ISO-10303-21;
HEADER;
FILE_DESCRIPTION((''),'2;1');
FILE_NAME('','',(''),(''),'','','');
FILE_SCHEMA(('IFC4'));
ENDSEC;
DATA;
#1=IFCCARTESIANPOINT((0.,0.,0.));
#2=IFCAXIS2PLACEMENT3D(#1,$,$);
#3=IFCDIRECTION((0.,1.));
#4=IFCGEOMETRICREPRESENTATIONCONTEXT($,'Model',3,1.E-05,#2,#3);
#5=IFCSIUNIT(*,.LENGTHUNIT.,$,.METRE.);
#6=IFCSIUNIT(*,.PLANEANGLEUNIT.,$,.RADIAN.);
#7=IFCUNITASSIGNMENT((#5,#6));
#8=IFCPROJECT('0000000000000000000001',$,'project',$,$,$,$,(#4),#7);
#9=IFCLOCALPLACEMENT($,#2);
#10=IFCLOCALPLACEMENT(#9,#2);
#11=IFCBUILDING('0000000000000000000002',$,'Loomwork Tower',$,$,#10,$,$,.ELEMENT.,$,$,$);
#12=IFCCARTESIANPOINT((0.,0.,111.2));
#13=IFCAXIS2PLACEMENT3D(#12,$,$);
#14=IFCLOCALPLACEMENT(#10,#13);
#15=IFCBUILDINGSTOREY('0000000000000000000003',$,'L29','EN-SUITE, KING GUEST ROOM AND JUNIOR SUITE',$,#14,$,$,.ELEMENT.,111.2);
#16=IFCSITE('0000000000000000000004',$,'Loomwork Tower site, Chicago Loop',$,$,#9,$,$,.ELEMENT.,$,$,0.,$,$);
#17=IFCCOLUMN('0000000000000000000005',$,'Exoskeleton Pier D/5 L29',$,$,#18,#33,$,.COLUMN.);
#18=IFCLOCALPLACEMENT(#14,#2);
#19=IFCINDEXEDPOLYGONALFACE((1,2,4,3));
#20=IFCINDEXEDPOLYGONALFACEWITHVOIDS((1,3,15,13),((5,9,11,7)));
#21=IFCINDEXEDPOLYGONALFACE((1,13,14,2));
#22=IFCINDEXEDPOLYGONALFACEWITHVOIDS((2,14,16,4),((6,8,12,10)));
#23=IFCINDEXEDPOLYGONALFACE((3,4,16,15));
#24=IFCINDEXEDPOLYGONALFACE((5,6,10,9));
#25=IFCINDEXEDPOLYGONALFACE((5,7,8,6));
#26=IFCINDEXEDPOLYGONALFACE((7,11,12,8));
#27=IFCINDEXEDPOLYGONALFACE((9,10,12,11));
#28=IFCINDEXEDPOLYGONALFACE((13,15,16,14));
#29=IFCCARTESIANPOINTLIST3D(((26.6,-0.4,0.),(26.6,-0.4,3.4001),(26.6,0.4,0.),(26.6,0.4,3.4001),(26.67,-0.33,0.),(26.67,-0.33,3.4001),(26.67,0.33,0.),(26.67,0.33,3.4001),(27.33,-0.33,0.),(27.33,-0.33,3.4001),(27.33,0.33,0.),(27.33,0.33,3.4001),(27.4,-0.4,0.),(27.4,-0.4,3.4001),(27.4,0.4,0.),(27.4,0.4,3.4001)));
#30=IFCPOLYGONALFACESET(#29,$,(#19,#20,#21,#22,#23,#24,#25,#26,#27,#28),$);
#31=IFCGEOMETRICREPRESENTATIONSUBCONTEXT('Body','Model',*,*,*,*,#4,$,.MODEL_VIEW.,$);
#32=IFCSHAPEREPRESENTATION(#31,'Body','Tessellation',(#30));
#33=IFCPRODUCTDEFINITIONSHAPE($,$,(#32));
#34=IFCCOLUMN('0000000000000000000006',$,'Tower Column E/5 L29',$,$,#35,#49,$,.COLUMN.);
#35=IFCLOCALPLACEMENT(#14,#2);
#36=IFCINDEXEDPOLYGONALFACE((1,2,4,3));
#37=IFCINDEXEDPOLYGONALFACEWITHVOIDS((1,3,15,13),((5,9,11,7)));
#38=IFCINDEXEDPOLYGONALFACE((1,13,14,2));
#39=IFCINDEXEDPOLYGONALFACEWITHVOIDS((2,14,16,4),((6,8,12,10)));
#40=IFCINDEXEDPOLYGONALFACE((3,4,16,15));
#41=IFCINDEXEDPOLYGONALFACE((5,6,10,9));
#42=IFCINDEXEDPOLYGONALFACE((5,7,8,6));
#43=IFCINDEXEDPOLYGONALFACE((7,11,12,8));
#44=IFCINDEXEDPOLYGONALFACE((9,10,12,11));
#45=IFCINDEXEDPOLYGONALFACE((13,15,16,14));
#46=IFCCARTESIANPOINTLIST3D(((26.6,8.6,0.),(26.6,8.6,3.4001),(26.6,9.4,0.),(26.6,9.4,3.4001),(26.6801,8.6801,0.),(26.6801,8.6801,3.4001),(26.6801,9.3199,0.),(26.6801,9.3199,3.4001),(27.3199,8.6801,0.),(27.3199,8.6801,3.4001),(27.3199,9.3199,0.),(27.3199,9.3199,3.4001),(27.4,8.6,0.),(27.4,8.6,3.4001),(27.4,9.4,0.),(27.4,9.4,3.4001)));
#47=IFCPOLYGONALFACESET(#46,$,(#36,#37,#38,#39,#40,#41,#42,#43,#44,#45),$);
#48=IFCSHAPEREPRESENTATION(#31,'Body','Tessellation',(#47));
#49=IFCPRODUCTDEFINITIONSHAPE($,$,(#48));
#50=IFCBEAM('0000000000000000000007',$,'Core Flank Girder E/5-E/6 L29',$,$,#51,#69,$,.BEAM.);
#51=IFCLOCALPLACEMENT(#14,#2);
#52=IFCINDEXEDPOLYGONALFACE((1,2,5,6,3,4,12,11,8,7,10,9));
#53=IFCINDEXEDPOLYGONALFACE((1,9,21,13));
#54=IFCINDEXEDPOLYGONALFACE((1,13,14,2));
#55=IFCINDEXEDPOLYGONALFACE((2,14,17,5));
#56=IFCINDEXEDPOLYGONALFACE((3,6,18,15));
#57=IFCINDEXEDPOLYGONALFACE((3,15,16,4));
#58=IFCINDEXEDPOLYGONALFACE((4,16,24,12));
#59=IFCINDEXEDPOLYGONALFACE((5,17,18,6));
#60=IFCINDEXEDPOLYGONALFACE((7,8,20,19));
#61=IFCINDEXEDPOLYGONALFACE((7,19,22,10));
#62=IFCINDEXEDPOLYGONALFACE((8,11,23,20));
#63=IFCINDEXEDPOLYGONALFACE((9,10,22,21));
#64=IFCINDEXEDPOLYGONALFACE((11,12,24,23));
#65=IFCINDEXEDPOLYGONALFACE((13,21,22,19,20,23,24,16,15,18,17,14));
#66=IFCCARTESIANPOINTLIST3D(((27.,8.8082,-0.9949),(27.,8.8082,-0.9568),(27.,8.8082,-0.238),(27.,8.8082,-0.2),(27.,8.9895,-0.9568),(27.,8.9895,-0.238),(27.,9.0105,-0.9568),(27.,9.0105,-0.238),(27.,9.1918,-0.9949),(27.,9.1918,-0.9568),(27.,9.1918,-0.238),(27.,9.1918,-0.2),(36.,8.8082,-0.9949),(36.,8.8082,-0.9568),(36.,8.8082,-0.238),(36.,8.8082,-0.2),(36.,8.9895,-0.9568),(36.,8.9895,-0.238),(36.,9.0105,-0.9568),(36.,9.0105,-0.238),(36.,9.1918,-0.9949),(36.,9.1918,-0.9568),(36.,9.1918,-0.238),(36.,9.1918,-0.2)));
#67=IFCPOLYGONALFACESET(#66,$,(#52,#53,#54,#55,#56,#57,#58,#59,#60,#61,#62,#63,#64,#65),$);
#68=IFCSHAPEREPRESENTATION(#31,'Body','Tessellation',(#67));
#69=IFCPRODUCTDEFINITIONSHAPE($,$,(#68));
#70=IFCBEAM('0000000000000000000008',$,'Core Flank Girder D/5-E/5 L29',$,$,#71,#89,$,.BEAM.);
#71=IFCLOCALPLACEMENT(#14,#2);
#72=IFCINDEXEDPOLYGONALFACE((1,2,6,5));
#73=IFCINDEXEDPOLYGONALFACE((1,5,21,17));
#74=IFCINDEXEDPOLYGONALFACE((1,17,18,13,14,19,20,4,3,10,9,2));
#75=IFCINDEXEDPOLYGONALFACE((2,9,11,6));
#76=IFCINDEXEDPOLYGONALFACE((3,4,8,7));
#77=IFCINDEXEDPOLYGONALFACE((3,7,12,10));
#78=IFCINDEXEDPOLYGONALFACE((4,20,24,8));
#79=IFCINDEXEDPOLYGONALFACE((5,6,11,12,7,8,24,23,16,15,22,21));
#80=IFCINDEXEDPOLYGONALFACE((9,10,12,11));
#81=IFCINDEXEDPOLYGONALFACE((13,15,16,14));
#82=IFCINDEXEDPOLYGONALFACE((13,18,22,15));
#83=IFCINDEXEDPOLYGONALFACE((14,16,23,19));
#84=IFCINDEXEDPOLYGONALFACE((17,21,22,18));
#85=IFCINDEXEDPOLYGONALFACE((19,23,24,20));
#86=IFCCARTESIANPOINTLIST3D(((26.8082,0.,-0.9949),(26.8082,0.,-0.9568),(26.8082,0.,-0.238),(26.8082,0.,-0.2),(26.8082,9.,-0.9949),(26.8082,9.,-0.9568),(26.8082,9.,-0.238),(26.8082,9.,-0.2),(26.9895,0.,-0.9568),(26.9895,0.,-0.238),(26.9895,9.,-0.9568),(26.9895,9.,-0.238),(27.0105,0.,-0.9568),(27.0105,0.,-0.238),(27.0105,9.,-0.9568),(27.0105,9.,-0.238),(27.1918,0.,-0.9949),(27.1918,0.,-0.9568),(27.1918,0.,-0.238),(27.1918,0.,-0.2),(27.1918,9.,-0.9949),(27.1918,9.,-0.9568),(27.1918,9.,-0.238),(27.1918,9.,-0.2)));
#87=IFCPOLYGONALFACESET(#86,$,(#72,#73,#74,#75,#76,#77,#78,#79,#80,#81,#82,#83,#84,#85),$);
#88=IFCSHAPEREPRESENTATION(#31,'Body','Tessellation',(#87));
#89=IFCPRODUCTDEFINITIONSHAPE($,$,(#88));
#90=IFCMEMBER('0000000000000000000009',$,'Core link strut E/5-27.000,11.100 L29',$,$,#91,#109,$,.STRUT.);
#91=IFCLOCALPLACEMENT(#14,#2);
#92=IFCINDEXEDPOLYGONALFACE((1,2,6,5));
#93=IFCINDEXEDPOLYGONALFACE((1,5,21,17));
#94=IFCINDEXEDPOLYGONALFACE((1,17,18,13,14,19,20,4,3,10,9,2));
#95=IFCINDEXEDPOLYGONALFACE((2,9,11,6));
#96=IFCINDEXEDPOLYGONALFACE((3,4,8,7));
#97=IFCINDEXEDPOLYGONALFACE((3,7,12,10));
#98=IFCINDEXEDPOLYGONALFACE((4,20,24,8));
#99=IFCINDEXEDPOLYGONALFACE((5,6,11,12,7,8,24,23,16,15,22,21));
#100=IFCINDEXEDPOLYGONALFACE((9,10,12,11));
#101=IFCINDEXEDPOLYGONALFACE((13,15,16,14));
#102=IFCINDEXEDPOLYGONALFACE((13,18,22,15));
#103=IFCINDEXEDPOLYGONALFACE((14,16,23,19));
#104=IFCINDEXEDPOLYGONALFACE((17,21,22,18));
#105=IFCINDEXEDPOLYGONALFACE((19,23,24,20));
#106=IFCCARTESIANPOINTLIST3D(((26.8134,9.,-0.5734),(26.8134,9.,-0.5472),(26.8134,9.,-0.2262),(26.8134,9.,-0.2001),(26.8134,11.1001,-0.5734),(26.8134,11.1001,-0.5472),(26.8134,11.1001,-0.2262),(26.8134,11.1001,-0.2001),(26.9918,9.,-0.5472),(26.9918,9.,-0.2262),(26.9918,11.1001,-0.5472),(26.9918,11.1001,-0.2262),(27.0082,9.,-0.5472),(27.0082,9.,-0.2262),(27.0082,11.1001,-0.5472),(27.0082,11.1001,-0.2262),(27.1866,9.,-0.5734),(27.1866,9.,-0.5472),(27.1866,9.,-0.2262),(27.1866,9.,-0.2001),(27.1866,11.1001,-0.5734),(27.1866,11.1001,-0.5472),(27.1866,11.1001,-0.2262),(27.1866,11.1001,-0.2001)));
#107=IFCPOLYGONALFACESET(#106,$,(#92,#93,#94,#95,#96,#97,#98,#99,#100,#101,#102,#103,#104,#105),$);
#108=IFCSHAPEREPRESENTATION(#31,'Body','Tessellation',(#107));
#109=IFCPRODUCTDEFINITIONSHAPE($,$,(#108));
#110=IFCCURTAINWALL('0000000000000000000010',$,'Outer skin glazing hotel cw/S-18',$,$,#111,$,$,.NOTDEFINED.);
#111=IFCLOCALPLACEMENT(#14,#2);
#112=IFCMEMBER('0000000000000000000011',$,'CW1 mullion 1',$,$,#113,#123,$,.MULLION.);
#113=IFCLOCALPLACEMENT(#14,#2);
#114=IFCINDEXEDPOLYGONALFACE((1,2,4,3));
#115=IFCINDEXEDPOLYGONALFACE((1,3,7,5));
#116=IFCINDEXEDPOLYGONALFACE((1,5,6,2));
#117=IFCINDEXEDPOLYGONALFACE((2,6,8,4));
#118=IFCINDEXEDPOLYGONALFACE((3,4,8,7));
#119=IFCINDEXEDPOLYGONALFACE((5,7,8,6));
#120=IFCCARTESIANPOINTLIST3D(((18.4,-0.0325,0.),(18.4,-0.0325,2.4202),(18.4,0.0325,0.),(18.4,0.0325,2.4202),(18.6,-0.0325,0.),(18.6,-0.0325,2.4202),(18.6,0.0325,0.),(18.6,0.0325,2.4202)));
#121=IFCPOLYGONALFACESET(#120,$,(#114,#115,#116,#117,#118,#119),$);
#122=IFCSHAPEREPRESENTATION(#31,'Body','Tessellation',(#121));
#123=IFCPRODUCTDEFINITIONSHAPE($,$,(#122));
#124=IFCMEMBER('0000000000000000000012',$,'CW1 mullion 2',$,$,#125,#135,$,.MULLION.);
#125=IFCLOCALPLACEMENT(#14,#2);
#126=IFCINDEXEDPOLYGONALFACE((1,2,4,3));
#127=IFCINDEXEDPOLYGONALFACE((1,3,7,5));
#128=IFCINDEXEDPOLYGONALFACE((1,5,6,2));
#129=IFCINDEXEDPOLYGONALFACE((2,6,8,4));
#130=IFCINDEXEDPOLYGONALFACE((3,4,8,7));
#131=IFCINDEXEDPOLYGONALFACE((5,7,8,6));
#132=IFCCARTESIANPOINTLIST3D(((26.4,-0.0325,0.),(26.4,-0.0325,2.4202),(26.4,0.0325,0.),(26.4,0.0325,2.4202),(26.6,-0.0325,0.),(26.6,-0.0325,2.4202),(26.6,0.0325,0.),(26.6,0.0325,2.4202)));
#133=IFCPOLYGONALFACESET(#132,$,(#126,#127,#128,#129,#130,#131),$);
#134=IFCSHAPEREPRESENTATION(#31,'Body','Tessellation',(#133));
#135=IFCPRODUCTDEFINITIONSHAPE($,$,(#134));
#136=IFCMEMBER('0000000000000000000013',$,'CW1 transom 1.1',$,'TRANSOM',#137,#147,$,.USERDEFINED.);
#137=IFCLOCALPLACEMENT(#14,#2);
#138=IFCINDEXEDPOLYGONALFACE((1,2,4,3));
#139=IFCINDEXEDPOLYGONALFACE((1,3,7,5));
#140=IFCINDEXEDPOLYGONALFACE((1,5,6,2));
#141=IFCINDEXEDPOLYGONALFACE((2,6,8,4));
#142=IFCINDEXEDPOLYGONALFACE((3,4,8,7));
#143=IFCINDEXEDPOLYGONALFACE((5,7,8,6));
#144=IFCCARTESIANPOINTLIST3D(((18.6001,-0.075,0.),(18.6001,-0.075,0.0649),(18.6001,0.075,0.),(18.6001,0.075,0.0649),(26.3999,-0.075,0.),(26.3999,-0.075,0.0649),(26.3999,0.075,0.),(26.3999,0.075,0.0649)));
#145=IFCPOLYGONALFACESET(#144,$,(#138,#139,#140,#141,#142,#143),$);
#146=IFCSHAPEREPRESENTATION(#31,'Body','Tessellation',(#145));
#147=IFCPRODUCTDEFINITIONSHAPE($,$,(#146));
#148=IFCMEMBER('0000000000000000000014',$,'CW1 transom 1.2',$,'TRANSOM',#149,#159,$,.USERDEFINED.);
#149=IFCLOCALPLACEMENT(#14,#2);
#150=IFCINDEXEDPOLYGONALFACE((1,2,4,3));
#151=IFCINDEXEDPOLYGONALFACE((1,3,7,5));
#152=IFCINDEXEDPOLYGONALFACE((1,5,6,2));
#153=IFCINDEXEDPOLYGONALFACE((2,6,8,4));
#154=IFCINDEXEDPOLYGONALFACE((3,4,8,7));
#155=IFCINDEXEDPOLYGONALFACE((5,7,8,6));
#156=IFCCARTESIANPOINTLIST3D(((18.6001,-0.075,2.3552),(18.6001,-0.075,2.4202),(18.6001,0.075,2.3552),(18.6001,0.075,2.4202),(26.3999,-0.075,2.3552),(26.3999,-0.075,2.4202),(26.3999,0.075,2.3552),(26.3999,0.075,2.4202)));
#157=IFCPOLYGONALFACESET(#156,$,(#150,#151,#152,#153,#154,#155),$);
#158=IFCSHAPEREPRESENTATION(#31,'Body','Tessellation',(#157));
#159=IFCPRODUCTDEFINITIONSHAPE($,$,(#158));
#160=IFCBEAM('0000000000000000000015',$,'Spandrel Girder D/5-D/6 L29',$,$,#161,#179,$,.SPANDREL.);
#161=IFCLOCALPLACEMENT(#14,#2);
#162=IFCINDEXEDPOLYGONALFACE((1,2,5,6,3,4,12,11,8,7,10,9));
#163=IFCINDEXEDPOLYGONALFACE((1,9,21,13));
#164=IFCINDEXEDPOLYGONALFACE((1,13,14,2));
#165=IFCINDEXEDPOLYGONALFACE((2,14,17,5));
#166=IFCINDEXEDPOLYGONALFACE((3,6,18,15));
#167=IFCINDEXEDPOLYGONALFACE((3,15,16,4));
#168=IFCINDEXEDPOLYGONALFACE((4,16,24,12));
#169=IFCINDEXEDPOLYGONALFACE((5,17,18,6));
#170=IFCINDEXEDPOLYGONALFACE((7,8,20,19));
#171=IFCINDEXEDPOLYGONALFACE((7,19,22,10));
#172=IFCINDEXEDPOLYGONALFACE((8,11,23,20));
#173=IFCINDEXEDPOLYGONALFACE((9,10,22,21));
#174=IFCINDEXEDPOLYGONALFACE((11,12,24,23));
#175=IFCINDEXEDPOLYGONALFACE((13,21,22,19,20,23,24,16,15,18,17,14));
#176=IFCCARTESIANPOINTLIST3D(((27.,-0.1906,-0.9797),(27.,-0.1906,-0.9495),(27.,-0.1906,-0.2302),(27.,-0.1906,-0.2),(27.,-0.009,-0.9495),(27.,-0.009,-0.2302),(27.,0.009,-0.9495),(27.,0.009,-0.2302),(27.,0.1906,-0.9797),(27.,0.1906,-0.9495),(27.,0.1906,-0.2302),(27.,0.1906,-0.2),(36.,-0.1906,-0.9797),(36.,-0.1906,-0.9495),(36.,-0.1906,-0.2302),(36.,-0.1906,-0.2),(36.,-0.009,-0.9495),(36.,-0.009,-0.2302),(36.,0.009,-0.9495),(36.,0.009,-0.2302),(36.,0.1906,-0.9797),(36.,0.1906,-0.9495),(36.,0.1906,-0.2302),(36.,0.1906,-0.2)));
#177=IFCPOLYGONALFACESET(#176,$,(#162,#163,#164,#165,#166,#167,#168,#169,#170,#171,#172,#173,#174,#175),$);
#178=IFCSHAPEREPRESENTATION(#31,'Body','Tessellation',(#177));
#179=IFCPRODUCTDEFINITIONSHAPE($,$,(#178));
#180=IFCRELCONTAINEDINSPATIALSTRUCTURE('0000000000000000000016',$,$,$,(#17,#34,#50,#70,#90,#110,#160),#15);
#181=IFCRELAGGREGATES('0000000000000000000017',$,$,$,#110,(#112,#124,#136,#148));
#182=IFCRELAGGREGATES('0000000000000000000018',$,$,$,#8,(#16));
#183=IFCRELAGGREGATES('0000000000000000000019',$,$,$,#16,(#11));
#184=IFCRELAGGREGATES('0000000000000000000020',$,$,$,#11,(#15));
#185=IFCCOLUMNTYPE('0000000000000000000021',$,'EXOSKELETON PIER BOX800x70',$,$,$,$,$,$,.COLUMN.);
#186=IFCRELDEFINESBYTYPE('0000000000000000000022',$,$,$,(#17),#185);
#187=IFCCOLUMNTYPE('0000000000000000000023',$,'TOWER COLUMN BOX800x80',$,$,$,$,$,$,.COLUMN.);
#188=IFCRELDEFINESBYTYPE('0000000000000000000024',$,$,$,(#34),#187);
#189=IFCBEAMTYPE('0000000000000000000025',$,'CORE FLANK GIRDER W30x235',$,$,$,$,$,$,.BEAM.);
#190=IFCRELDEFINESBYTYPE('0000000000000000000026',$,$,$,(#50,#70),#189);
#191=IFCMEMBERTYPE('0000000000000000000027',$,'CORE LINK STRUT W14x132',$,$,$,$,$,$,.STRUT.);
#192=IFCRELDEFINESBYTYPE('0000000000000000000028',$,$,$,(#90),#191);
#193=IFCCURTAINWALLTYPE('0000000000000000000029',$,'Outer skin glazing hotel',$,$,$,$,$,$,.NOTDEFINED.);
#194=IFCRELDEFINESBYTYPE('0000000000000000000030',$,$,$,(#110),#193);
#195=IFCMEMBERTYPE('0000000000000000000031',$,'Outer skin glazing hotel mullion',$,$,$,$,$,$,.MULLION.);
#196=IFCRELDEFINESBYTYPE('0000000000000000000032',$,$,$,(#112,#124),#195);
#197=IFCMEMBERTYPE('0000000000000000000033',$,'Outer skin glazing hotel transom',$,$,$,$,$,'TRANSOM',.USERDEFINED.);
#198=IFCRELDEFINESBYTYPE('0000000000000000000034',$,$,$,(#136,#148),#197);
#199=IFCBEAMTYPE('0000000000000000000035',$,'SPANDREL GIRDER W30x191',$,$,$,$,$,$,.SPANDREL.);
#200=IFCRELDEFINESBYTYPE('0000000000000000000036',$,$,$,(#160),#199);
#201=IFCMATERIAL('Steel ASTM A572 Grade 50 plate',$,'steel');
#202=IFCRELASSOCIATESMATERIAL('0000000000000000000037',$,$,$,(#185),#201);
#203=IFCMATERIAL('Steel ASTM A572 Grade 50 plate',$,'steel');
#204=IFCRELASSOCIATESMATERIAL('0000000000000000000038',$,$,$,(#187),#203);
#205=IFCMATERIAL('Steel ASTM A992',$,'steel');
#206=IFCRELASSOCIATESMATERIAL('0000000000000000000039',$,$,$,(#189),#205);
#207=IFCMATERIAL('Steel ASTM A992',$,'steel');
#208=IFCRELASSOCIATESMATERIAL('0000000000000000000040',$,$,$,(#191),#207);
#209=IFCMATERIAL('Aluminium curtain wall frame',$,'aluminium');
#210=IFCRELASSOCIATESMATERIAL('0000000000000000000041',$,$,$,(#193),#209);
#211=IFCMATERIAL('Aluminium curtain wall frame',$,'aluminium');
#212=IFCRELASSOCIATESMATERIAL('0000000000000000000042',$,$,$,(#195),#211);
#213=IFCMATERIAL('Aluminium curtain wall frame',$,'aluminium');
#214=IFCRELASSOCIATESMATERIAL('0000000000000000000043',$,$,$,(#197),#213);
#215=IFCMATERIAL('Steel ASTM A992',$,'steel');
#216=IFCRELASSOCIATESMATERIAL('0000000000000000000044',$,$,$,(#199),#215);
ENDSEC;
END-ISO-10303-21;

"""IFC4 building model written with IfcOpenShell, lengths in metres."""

from ifc_helpers import new_model, si_unit, direction, frame, origin, origin_2d, place, context, subcontext, project, spatial, rectangle, hollow_rectangle, i_section, extrude, material, material_profile, profile_set, type_object, element, aggregate, save


model = new_model("IFC4")

# Units and contexts
model_context = context("Model", 3, precision=1e-05, world=origin(), true_north=direction((0.0, 1.0)))
body_context = subcontext(model_context, "Body", "Model", "MODEL_VIEW")
ifc_project = project(units=[si_unit("LENGTHUNIT", "METRE"), si_unit("PLANEANGLEUNIT", "RADIAN")], contexts=[model_context])

# Site, building, storey
site_placement = place(None, origin())
site = spatial("IfcSite", under=ifc_project, at=site_placement, Name="Loomwork Tower site, Chicago Loop", CompositionType="ELEMENT", RefElevation=0.0)
building_placement = place(site_placement, origin())
building = spatial("IfcBuilding", under=site, at=building_placement, Name="Loomwork Tower", CompositionType="ELEMENT")
storey_placement = place(building_placement, frame((0.0, 0.0, 111.2)))
storey = spatial("IfcBuildingStorey", under=building, at=storey_placement, Name="L29", Description="EN-SUITE, KING GUEST ROOM AND JUNIOR SUITE", CompositionType="ELEMENT", Elevation=111.2)

# Columns
ifc_material_1 = material(Name="Steel ASTM A572 Grade 50 plate", Category="steel")
ifc_material_profile_1 = material_profile(ifc_material_1, hollow_rectangle(XDim=0.8, YDim=0.8, WallThickness=0.0701, at=origin_2d()), Name="BOX800x70")
ifc_profile_set_1 = profile_set([ifc_material_profile_1], Name="Steel ASTM A572 Grade 50 plate")
column_type_1 = type_object("IfcColumnType", Name="EXOSKELETON PIER BOX800x70", PredefinedType="COLUMN", material=ifc_profile_set_1)
column_1_placement = place(storey_placement, frame((27.0, 0.0, 0.0), z_axis=(0.0, 0.0, 1.0), x_axis=(1.0, 0.0, 0.0)))
element("IfcColumn", 1, at=column_1_placement, inside=storey, type_object=column_type_1, Name="Exoskeleton Pier D/5 L29", PredefinedType="COLUMN", context=body_context, shape_type="SweptSolid", body=[
    extrude(hollow_rectangle(XDim=0.8, YDim=0.8, WallThickness=0.0701, at=origin_2d()), origin(), (0.0, 0.0, 1.0), 3.4001),
])
ifc_material_2 = material(Name="Steel ASTM A572 Grade 50 plate", Category="steel")
ifc_material_profile_2 = material_profile(ifc_material_2, hollow_rectangle(XDim=0.8, YDim=0.8, WallThickness=0.0801, at=origin_2d()), Name="BOX800x80")
ifc_profile_set_2 = profile_set([ifc_material_profile_2], Name="Steel ASTM A572 Grade 50 plate")
column_type_2 = type_object("IfcColumnType", Name="TOWER COLUMN BOX800x80", PredefinedType="COLUMN", material=ifc_profile_set_2)
column_2_placement = place(storey_placement, frame((27.0, 9.0, 0.0), z_axis=(0.0, 0.0, 1.0), x_axis=(1.0, 0.0, 0.0)))
element("IfcColumn", 2, at=column_2_placement, inside=storey, type_object=column_type_2, Name="Tower Column E/5 L29", PredefinedType="COLUMN", context=body_context, shape_type="SweptSolid", body=[
    extrude(hollow_rectangle(XDim=0.8, YDim=0.8, WallThickness=0.0801, at=origin_2d()), origin(), (0.0, 0.0, 1.0), 3.4001),
])

# Beams
ifc_material_3 = material(Name="Steel ASTM A992", Category="steel")
ifc_material_profile_3 = material_profile(ifc_material_3, i_section(OverallWidth=0.3835, OverallDepth=0.7949, WebThickness=0.021, FlangeThickness=0.0381, at=origin_2d()), Name="W30x235")
ifc_profile_set_3 = profile_set([ifc_material_profile_3], Name="Steel ASTM A992")
beam_type_1 = type_object("IfcBeamType", Name="CORE FLANK GIRDER W30x235", PredefinedType="BEAM", material=ifc_profile_set_3)
for number, where, z_axis, x_axis, name in (
    (3, (27.0, 9.0, -0.5974), (1.0, 0.0, 0.0), (0.0, 1.0, 0.0), "Core Flank Girder E/5-E/6 L29"),
    (4, (27.0, 0.0, -0.5974), (0.0, 1.0, 0.0), (-1.0, 0.0, 0.0), "Core Flank Girder D/5-E/5 L29"),
):
    element("IfcBeam", number, at=place(storey_placement, frame(where, z_axis=z_axis, x_axis=x_axis)), inside=storey, type_object=beam_type_1, Name=name, PredefinedType="BEAM", context=body_context, shape_type="SweptSolid", body=[
        extrude(i_section(OverallWidth=0.3835, OverallDepth=0.7949, WebThickness=0.021, FlangeThickness=0.0381, at=origin_2d()), origin(), (0.0, 0.0, 1.0), 9.0),
    ])

# Member
ifc_material_4 = material(Name="Steel ASTM A992", Category="steel")
ifc_material_profile_4 = material_profile(ifc_material_4, i_section(OverallWidth=0.3733, OverallDepth=0.3733, WebThickness=0.0164, FlangeThickness=0.0261, at=origin_2d()), Name="W14x132")
ifc_profile_set_4 = profile_set([ifc_material_profile_4], Name="Steel ASTM A992")
member_type_1 = type_object("IfcMemberType", Name="CORE LINK STRUT W14x132", PredefinedType="STRUT", material=ifc_profile_set_4)
member_1_placement = place(storey_placement, frame((27.0, 9.0, -0.3867), z_axis=(0.0, 1.0, 0.0), x_axis=(-1.0, 0.0, 0.0)))
element("IfcMember", 5, at=member_1_placement, inside=storey, type_object=member_type_1, Name="Core link strut E/5-27.000,11.100 L29", PredefinedType="STRUT", context=body_context, shape_type="SweptSolid", body=[
    extrude(i_section(OverallWidth=0.3733, OverallDepth=0.3733, WebThickness=0.0164, FlangeThickness=0.0261, at=origin_2d()), origin(), (0.0, 0.0, 1.0), 2.1001),
])

# Curtain wall, members
ifc_material_5 = material(Name="Aluminium curtain wall frame", Category="aluminium")
curtain_wall_type = type_object("IfcCurtainWallType", Name="Outer skin glazing hotel", PredefinedType="NOTDEFINED", material=ifc_material_5)
curtain_wall_placement = place(storey_placement, origin())
curtain_wall = element("IfcCurtainWall", 6, at=curtain_wall_placement, inside=storey, type_object=curtain_wall_type, Name="Outer skin glazing hotel cw/S-18", PredefinedType="NOTDEFINED")
ifc_material_6 = material(Name="Aluminium curtain wall frame", Category="aluminium")
ifc_material_profile_5 = material_profile(ifc_material_6, rectangle(XDim=0.0649, YDim=0.2, at=origin_2d()), Name="AL 65x200")
ifc_profile_set_5 = profile_set([ifc_material_profile_5], Name="Aluminium curtain wall frame")
member_type_2 = type_object("IfcMemberType", Name="Outer skin glazing hotel mullion", PredefinedType="MULLION", material=ifc_profile_set_5)
member_2_placement = place(storey_placement, frame((18.5, 0.0, 0.0), z_axis=(0.0, 0.0, 1.0), x_axis=(0.0, 1.0, 0.0)))
member_2 = element("IfcMember", 7, at=member_2_placement, type_object=member_type_2, Name="CW1 mullion 1", PredefinedType="MULLION", context=body_context, shape_type="SweptSolid", body=[
    extrude(rectangle(XDim=0.0649, YDim=0.2, at=origin_2d()), origin(), (0.0, 0.0, 1.0), 2.4202),
])
member_3_placement = place(storey_placement, frame((26.5, 0.0, 0.0), z_axis=(0.0, 0.0, 1.0), x_axis=(0.0, 1.0, 0.0)))
member_3 = element("IfcMember", 8, at=member_3_placement, type_object=member_type_2, Name="CW1 mullion 2", PredefinedType="MULLION", context=body_context, shape_type="SweptSolid", body=[
    extrude(rectangle(XDim=0.0649, YDim=0.2, at=origin_2d()), origin(), (0.0, 0.0, 1.0), 2.4202),
])
ifc_material_7 = material(Name="Aluminium curtain wall frame", Category="aluminium")
ifc_material_profile_6 = material_profile(ifc_material_7, rectangle(XDim=0.1499, YDim=0.0649, at=origin_2d()), Name="AL 65x150")
ifc_profile_set_6 = profile_set([ifc_material_profile_6], Name="Aluminium curtain wall frame")
member_type_3 = type_object("IfcMemberType", Name="Outer skin glazing hotel transom", ElementType="TRANSOM", PredefinedType="USERDEFINED", material=ifc_profile_set_6)
member_4_placement = place(storey_placement, frame((18.6001, 0.0, 0.0325), z_axis=(1.0, 0.0, 0.0), x_axis=(0.0, 1.0, 0.0)))
member_4 = element("IfcMember", 9, at=member_4_placement, type_object=member_type_3, Name="CW1 transom 1.1", ObjectType="TRANSOM", PredefinedType="USERDEFINED", context=body_context, shape_type="SweptSolid", body=[
    extrude(rectangle(XDim=0.1499, YDim=0.0649, at=origin_2d()), origin(), (0.0, 0.0, 1.0), 7.7998),
])
member_5_placement = place(storey_placement, frame((18.6001, 0.0, 2.3877), z_axis=(1.0, 0.0, 0.0), x_axis=(0.0, 1.0, 0.0)))
member_5 = element("IfcMember", 10, at=member_5_placement, type_object=member_type_3, Name="CW1 transom 1.2", ObjectType="TRANSOM", PredefinedType="USERDEFINED", context=body_context, shape_type="SweptSolid", body=[
    extrude(rectangle(XDim=0.1499, YDim=0.0649, at=origin_2d()), origin(), (0.0, 0.0, 1.0), 7.7998),
])

# Beam
ifc_material_8 = material(Name="Steel ASTM A992", Category="steel")
ifc_material_profile_7 = material_profile(ifc_material_8, i_section(OverallWidth=0.3811, OverallDepth=0.7798, WebThickness=0.0181, FlangeThickness=0.0303, at=origin_2d()), Name="W30x191")
ifc_profile_set_7 = profile_set([ifc_material_profile_7], Name="Steel ASTM A992")
beam_type_2 = type_object("IfcBeamType", Name="SPANDREL GIRDER W30x191", PredefinedType="SPANDREL", material=ifc_profile_set_7)
beam_placement = place(storey_placement, frame((27.0, 0.0, -0.5898), z_axis=(1.0, 0.0, 0.0), x_axis=(0.0, 1.0, 0.0)))
element("IfcBeam", 11, at=beam_placement, inside=storey, type_object=beam_type_2, Name="Spandrel Girder D/5-D/6 L29", PredefinedType="SPANDREL", context=body_context, shape_type="SweptSolid", body=[
    extrude(i_section(OverallWidth=0.3811, OverallDepth=0.7798, WebThickness=0.0181, FlangeThickness=0.0303, at=origin_2d()), origin(), (0.0, 0.0, 1.0), 9.0),
])

aggregate(curtain_wall, [member_2, member_3, member_4, member_5])

save(model, "model.ifc")
